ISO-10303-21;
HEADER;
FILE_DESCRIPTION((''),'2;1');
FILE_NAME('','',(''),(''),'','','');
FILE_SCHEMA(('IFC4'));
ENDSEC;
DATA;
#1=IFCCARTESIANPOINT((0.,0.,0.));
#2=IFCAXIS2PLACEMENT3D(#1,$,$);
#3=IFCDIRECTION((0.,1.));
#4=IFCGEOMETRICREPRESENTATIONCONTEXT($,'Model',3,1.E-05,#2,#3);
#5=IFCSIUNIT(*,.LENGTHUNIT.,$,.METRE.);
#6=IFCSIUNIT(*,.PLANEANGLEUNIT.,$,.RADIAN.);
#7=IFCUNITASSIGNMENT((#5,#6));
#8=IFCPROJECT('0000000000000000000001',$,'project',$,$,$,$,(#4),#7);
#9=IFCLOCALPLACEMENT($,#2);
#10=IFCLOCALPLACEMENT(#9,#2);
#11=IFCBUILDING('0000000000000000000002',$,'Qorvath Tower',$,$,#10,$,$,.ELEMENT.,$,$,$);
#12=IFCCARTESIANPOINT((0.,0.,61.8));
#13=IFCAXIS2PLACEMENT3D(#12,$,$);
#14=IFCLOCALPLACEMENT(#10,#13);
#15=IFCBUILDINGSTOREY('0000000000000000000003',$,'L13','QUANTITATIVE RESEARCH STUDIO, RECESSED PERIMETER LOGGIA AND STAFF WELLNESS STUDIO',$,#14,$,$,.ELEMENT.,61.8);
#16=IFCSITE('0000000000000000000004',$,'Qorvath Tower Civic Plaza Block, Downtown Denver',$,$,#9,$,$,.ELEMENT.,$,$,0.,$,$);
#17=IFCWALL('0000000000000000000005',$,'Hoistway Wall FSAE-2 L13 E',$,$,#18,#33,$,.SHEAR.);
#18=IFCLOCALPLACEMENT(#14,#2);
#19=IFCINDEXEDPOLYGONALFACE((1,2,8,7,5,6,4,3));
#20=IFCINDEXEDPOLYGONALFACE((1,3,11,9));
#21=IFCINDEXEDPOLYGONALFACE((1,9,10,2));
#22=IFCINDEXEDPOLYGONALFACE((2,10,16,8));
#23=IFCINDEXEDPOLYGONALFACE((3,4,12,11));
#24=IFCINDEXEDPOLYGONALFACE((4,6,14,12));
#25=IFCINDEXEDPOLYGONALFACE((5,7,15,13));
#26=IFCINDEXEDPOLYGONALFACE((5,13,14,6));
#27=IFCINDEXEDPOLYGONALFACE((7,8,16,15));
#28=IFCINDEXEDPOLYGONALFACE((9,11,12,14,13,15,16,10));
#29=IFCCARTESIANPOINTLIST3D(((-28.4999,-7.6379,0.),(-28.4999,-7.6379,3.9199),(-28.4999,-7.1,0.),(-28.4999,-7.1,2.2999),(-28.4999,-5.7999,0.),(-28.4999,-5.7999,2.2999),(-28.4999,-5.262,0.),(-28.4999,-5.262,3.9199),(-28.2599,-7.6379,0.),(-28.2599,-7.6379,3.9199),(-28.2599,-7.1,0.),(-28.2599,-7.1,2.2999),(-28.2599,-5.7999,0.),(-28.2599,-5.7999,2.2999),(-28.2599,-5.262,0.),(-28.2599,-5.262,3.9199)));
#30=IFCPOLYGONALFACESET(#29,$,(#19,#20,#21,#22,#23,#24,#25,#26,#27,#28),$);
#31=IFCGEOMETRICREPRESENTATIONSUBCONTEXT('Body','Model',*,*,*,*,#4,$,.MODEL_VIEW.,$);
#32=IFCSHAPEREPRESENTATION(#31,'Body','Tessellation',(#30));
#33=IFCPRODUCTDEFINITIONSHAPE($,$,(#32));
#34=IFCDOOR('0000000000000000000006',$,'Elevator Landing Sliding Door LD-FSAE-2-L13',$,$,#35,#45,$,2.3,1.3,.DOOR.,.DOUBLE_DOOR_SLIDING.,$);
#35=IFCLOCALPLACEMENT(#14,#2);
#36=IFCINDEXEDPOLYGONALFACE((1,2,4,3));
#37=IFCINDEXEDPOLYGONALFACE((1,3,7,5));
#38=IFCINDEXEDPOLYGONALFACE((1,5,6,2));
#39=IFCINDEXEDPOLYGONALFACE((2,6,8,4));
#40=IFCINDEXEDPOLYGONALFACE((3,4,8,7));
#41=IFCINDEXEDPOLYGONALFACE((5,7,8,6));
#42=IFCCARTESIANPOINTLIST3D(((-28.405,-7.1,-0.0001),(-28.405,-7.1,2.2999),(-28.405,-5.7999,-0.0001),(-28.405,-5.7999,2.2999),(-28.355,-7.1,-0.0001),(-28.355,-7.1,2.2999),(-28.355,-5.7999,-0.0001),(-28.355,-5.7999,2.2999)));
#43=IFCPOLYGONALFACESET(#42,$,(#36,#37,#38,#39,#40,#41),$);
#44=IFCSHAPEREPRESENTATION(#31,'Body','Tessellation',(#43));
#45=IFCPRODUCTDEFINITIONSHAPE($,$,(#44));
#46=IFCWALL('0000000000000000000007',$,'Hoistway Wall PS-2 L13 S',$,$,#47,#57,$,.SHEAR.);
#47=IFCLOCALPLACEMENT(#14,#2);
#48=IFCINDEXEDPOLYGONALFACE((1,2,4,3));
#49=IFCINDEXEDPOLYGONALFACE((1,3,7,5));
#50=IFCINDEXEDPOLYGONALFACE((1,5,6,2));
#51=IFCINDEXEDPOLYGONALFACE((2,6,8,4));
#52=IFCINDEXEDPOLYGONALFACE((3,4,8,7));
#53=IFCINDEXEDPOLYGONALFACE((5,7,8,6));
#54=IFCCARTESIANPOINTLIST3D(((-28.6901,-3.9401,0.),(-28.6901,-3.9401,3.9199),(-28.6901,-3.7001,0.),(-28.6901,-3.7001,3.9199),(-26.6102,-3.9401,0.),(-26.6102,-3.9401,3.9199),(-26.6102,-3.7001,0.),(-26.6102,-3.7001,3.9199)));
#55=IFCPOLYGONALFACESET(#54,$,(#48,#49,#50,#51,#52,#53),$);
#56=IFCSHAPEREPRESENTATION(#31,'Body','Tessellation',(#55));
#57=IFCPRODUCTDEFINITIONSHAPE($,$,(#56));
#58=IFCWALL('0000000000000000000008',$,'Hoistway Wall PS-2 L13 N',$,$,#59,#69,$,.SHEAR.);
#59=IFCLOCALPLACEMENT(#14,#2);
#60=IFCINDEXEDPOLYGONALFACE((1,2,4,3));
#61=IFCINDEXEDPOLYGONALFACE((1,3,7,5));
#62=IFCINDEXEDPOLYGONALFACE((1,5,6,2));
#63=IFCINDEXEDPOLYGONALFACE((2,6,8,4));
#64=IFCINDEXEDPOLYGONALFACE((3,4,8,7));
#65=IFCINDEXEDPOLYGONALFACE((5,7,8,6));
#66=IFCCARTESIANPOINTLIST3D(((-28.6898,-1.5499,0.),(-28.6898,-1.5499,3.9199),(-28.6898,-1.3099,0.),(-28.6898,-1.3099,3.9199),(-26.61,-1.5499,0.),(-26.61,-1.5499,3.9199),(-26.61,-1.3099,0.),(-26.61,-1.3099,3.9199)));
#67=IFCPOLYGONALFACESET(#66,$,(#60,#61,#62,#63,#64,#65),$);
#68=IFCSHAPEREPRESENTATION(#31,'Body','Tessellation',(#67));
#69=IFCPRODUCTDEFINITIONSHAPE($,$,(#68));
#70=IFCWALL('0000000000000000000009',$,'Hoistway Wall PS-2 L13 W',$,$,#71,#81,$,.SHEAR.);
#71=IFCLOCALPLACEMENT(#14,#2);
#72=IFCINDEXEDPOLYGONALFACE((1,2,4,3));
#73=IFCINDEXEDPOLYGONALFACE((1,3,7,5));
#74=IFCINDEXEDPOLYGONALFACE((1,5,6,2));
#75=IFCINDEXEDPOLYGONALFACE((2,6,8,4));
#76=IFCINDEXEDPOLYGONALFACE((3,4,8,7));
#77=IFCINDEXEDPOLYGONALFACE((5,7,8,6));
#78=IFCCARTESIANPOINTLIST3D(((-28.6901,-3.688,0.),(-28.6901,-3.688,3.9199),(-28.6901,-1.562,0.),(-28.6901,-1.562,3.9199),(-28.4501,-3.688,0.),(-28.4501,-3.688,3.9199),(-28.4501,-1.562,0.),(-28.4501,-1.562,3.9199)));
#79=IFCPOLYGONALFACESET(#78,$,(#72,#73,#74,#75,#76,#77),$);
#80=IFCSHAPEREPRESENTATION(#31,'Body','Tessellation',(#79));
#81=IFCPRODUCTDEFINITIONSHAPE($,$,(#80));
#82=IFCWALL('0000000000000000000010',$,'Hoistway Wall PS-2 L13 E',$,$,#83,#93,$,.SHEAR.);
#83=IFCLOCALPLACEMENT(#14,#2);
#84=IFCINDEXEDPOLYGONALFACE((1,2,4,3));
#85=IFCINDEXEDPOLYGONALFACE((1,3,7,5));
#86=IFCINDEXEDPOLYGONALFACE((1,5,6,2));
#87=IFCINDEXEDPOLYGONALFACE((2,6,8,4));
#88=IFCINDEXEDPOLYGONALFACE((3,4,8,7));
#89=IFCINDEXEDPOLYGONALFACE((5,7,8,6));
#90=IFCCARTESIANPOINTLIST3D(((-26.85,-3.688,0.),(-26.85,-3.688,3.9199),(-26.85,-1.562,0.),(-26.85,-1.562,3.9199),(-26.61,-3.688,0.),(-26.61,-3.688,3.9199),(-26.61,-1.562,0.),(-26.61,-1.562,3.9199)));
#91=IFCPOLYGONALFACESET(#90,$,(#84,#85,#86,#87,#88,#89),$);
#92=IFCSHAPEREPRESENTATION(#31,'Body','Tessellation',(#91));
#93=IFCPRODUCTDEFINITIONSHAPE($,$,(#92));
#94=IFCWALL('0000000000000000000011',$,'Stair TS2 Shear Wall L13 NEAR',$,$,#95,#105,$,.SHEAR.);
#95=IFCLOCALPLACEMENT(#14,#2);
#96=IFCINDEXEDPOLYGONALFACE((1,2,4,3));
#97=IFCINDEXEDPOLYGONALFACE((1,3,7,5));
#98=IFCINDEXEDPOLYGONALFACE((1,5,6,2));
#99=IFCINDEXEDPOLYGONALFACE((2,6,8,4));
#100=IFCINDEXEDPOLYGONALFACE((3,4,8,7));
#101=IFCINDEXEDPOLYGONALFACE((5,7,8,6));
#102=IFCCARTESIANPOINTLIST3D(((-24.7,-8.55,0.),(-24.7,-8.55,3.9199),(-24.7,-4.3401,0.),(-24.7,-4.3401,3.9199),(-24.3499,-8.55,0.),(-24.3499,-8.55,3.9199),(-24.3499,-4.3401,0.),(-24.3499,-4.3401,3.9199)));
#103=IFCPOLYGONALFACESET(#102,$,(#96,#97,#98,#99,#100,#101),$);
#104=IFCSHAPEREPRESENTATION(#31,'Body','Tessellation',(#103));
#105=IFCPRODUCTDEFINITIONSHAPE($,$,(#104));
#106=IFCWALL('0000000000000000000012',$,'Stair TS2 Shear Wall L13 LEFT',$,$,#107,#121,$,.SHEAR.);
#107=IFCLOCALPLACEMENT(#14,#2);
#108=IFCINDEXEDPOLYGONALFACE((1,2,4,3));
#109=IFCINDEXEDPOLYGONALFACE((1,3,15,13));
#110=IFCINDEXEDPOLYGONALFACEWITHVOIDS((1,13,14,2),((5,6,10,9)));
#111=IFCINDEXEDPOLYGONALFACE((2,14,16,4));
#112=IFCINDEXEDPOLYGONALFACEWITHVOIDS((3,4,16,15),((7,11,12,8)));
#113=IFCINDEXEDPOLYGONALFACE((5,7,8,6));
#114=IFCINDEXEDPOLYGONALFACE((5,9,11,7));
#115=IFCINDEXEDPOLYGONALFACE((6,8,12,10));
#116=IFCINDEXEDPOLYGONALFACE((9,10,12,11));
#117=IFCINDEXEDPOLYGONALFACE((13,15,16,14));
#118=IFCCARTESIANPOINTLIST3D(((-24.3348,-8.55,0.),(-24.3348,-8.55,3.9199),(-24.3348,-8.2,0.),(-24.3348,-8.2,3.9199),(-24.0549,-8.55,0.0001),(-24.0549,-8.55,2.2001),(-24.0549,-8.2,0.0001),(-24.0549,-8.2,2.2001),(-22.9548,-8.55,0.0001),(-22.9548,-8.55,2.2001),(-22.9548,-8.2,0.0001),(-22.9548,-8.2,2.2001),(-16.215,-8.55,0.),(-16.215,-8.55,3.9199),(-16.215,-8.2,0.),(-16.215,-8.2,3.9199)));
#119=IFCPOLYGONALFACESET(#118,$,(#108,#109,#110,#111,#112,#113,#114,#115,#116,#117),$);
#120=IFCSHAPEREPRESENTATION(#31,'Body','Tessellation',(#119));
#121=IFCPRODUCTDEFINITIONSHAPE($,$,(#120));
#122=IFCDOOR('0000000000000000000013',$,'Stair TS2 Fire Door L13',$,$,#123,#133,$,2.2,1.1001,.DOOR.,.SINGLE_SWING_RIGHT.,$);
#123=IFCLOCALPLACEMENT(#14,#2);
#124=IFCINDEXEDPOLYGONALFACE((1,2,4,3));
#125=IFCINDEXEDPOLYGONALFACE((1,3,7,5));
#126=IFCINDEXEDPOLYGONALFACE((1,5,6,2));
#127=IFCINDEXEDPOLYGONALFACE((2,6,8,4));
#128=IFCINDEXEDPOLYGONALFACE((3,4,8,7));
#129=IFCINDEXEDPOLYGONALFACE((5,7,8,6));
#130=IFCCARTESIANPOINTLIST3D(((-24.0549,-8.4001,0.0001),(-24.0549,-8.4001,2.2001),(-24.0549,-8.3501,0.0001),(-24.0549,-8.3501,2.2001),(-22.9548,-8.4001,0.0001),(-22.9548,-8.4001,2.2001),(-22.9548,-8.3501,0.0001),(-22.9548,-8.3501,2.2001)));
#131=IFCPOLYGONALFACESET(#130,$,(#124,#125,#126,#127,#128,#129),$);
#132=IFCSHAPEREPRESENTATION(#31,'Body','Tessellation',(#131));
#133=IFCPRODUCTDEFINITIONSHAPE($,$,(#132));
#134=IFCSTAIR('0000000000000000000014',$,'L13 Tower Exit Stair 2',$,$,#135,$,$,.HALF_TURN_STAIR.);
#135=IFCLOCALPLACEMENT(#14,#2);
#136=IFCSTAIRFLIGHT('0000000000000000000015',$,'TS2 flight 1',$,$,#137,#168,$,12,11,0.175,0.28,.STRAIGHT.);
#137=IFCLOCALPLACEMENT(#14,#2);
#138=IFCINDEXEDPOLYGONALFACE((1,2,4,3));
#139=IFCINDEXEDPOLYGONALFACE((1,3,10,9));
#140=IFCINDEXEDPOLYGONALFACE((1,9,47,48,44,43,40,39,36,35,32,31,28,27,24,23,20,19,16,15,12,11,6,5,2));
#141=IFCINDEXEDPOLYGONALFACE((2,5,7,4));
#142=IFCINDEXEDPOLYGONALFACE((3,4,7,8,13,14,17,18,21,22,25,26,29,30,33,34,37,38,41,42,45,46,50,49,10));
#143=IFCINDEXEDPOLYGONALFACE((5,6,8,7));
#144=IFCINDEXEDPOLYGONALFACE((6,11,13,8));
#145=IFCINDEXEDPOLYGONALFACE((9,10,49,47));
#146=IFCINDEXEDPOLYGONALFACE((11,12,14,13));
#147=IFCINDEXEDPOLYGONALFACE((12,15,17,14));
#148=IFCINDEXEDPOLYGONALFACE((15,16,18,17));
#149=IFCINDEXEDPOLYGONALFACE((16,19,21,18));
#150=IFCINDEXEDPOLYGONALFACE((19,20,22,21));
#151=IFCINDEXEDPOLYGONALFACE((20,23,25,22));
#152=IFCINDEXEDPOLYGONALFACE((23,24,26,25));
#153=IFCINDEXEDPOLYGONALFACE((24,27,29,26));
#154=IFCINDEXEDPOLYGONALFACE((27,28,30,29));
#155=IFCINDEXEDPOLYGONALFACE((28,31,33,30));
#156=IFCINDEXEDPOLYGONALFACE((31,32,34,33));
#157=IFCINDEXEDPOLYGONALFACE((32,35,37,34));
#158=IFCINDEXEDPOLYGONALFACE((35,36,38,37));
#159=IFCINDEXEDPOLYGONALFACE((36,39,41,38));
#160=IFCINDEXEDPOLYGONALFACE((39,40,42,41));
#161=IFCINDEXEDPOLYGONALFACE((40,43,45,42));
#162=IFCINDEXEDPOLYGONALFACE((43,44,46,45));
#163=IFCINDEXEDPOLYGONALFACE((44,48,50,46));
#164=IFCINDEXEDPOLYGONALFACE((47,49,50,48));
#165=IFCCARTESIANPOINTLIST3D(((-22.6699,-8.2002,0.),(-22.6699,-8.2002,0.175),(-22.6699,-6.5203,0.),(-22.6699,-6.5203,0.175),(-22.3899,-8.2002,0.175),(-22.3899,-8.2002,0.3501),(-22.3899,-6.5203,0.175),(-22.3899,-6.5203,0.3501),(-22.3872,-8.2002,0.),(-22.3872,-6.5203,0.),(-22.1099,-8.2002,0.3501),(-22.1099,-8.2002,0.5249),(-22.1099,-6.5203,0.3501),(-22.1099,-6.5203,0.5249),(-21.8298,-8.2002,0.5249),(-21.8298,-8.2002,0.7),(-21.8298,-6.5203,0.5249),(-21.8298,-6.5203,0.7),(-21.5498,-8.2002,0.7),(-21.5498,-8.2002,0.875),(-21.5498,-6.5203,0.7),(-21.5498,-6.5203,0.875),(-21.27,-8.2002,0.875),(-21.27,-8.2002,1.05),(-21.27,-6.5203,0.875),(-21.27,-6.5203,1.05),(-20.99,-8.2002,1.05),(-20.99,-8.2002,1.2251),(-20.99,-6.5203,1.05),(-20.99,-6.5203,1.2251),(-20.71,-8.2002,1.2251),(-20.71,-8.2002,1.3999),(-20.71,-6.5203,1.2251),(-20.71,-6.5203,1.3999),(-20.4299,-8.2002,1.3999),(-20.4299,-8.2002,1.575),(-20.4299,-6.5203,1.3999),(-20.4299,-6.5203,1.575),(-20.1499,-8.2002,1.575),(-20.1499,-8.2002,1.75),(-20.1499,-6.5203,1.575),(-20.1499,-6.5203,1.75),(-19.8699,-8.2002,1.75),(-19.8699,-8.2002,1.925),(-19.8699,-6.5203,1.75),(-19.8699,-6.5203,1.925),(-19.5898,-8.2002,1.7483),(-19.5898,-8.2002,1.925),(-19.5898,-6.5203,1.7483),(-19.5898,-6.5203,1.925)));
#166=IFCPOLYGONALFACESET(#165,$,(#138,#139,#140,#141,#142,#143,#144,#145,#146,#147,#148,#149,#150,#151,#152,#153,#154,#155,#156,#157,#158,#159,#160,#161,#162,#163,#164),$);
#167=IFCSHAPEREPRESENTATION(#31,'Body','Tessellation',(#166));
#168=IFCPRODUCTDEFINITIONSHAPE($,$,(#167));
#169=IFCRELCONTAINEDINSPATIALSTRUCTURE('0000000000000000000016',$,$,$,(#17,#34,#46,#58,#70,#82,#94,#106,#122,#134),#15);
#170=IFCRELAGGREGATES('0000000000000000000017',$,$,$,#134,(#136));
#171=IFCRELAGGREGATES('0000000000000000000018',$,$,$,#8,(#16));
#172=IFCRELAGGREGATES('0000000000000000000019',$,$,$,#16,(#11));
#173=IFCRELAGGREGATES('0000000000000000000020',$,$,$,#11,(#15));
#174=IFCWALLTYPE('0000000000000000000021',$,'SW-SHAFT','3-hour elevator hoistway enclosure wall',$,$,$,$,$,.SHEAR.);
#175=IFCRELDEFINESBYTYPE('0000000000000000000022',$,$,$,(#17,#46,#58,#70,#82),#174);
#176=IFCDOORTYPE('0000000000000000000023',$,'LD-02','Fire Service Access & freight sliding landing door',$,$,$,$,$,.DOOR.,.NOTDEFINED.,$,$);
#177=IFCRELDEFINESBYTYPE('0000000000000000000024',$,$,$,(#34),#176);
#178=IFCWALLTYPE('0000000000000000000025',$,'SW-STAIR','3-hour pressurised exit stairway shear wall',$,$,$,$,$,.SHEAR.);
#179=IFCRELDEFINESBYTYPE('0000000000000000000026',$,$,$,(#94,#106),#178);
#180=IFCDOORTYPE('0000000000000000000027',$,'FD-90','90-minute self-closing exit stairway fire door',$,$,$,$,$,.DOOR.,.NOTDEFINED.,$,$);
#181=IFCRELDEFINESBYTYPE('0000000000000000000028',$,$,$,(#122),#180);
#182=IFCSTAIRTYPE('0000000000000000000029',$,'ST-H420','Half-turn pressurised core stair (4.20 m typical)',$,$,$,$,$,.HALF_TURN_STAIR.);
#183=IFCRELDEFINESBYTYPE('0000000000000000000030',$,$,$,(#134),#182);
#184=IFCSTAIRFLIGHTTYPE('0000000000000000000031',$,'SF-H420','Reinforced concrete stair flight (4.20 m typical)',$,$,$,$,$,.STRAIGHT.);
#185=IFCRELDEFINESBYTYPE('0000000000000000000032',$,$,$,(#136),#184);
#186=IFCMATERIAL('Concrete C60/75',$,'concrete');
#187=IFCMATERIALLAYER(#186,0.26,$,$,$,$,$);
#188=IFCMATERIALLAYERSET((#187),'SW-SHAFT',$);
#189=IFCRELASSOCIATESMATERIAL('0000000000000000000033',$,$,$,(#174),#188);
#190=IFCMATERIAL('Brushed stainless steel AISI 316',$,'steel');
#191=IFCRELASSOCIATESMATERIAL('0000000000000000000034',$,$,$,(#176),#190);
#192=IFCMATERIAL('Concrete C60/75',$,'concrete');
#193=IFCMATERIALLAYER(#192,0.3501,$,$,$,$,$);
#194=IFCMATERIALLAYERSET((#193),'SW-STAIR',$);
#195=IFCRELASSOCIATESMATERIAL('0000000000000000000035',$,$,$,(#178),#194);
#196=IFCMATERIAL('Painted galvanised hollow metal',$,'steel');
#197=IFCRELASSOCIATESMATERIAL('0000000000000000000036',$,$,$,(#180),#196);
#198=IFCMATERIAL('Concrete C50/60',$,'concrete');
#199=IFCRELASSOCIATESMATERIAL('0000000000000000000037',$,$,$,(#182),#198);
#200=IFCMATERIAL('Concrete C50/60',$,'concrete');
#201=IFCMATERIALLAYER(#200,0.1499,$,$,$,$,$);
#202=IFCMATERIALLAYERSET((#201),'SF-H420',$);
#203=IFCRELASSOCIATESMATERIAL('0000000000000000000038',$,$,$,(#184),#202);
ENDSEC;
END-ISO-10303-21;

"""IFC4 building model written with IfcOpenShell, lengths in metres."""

from ifc_helpers import new_model, si_unit, direction, frame, frame_2d, origin, place, context, subcontext, project, spatial, polyline, rectangle, outline, extrude, material, layer, layer_set, type_object, element, fill, aggregate, save


model = new_model("IFC4")

# Units and contexts
model_context = context("Model", 3, precision=1e-05, world=origin(), true_north=direction((0.0, 1.0)))
body_context = subcontext(model_context, "Body", "Model", "MODEL_VIEW")
ifc_project = project(units=[si_unit("LENGTHUNIT", "METRE"), si_unit("PLANEANGLEUNIT", "RADIAN")], contexts=[model_context])

# Site, building, storey
site_placement = place(None, origin())
site = spatial("IfcSite", under=ifc_project, at=site_placement, Name="Qorvath Tower Civic Plaza Block, Downtown Denver", CompositionType="ELEMENT", RefElevation=0.0)
building_placement = place(site_placement, origin())
building = spatial("IfcBuilding", under=site, at=building_placement, Name="Qorvath Tower", CompositionType="ELEMENT")
storey_placement = place(building_placement, frame((0.0, 0.0, 61.8)))
storey = spatial("IfcBuildingStorey", under=building, at=storey_placement, Name="L13", Description="QUANTITATIVE RESEARCH STUDIO, RECESSED PERIMETER LOGGIA AND STAFF WELLNESS STUDIO", CompositionType="ELEMENT", Elevation=61.8)

# Shared definitions
ifc_material_1 = material(Name="Concrete C60/75", Category="concrete")
ifc_layer_1 = layer(ifc_material_1, 0.26)
ifc_layer_set_1 = layer_set([ifc_layer_1], Name="SW-SHAFT")
wall_type_1 = type_object("IfcWallType", Name="SW-SHAFT", Description="3-hour elevator hoistway enclosure wall", PredefinedType="SHEAR", material=ifc_layer_set_1)

# Wall, opening, door
wall_1_placement = place(storey_placement, frame((-28.3799, -5.262, 0.0), z_axis=(0.0, 0.0, 1.0), x_axis=(0.0, -1.0, 0.0)))
wall_1 = element("IfcWall", 1, at=wall_1_placement, inside=storey, type_object=wall_type_1, Name="Hoistway Wall FSAE-2 L13 E", PredefinedType="SHEAR", context=body_context, shape_type="SweptSolid", body=[
    extrude(rectangle(XDim=2.376, YDim=0.24, at=frame_2d((1.188, 0.0))), origin(), (0.0, 0.0, 1.0), 3.9199),
])
opening_1_placement = place(wall_1_placement, frame((0.5381, 0.0, 0.0)))
opening_1 = element("IfcOpeningElement", 2, at=opening_1_placement, cuts=wall_1, PredefinedType="OPENING", context=body_context, shape_type="SweptSolid", body=[
    extrude(rectangle(XDim=1.3, YDim=2.3, at=frame_2d((0.6499, 1.1499))), frame((0.0, 0.1299, 0.0), z_axis=(0.0, -1.0, 0.0), x_axis=(1.0, 0.0, 0.0)), (0.0, 0.0, 1.0), 0.26),
])
ifc_material_2 = material(Name="Brushed stainless steel AISI 316", Category="steel")
door_type_1 = type_object("IfcDoorType", Name="LD-02", Description="Fire Service Access & freight sliding landing door", OperationType="NOTDEFINED", PredefinedType="DOOR", material=ifc_material_2)
door_1_placement = place(opening_1_placement, origin())
door_1 = element("IfcDoor", 3, at=door_1_placement, inside=storey, type_object=door_type_1, Name="Elevator Landing Sliding Door LD-FSAE-2-L13", OperationType="DOUBLE_DOOR_SLIDING", OverallHeight=2.3, OverallWidth=1.3, PredefinedType="DOOR", context=body_context, shape_type="SweptSolid", body=[
    extrude(rectangle(XDim=1.3, YDim=2.3, at=frame_2d((0.6499, 1.1499))), frame((0.0, 0.0249, 0.0), z_axis=(0.0, -1.0, 0.0), x_axis=(1.0, 0.0, 0.0)), (0.0, 0.0, 1.0), 0.05),
])
fill(opening_1, door_1)

# Walls
for number, where, z_axis, x_axis, name in (
    (4, (-26.6101, -3.8201, 0.0), (0.0, 0.0, 1.0), (-1.0, 0.0, 0.0), "Hoistway Wall PS-2 L13 S"),
    (5, (-28.6899, -1.4299, 0.0), (0.0, 0.0, 1.0), (1.0, 0.0, 0.0), "Hoistway Wall PS-2 L13 N"),
):
    element("IfcWall", number, at=place(storey_placement, frame(where, z_axis=z_axis, x_axis=x_axis)), inside=storey, type_object=wall_type_1, Name=name, PredefinedType="SHEAR", context=body_context, shape_type="SweptSolid", body=[
        extrude(rectangle(XDim=2.0798, YDim=0.24, at=frame_2d((1.04, 0.0))), origin(), (0.0, 0.0, 1.0), 3.9199),
    ])
for number, where, z_axis, x_axis, name in (
    (6, (-28.5701, -3.688, 0.0), (0.0, 0.0, 1.0), (0.0, 1.0, 0.0), "Hoistway Wall PS-2 L13 W"),
    (7, (-26.73, -1.562, 0.0), (0.0, 0.0, 1.0), (0.0, -1.0, 0.0), "Hoistway Wall PS-2 L13 E"),
):
    element("IfcWall", number, at=place(storey_placement, frame(where, z_axis=z_axis, x_axis=x_axis)), inside=storey, type_object=wall_type_1, Name=name, PredefinedType="SHEAR", context=body_context, shape_type="SweptSolid", body=[
        extrude(rectangle(XDim=2.126, YDim=0.24, at=frame_2d((1.063, 0.0))), origin(), (0.0, 0.0, 1.0), 3.9199),
    ])
ifc_material_3 = material(Name="Concrete C60/75", Category="concrete")
ifc_layer_2 = layer(ifc_material_3, 0.3501)
ifc_layer_set_2 = layer_set([ifc_layer_2], Name="SW-STAIR")
wall_type_2 = type_object("IfcWallType", Name="SW-STAIR", Description="3-hour pressurised exit stairway shear wall", PredefinedType="SHEAR", material=ifc_layer_set_2)
wall_2_placement = place(storey_placement, frame((-24.5249, -4.3401, 0.0), z_axis=(0.0, 0.0, 1.0), x_axis=(0.0, -1.0, 0.0)))
element("IfcWall", 8, at=wall_2_placement, inside=storey, type_object=wall_type_2, Name="Stair TS2 Shear Wall L13 NEAR", PredefinedType="SHEAR", context=body_context, shape_type="SweptSolid", body=[
    extrude(rectangle(XDim=4.21, YDim=0.3501, at=frame_2d((2.105, 0.0))), origin(), (0.0, 0.0, 1.0), 3.9199),
])

# Wall, opening, door
wall_3_placement = place(storey_placement, frame((-24.335, -8.375, 0.0), z_axis=(0.0, 0.0, 1.0), x_axis=(1.0, 0.0, 0.0)))
wall_3 = element("IfcWall", 9, at=wall_3_placement, inside=storey, type_object=wall_type_2, Name="Stair TS2 Shear Wall L13 LEFT", PredefinedType="SHEAR", context=body_context, shape_type="SweptSolid", body=[
    extrude(rectangle(XDim=8.1199, YDim=0.3501, at=frame_2d((4.0601, 0.0))), origin(), (0.0, 0.0, 1.0), 3.9199),
])
opening_2_placement = place(wall_3_placement, frame((0.28, 0.0, 0.0)))
opening_2 = element("IfcOpeningElement", 10, at=opening_2_placement, cuts=wall_3, PredefinedType="OPENING", context=body_context, shape_type="SweptSolid", body=[
    extrude(rectangle(XDim=1.1001, YDim=2.2, at=frame_2d((0.55, 1.1001))), frame((0.0, 0.1851, 0.0), z_axis=(0.0, -1.0, 0.0), x_axis=(1.0, 0.0, 0.0)), (0.0, 0.0, 1.0), 0.3701),
])
ifc_material_4 = material(Name="Painted galvanised hollow metal", Category="steel")
door_type_2 = type_object("IfcDoorType", Name="FD-90", Description="90-minute self-closing exit stairway fire door", OperationType="NOTDEFINED", PredefinedType="DOOR", material=ifc_material_4)
door_2_placement = place(opening_2_placement, origin())
door_2 = element("IfcDoor", 11, at=door_2_placement, inside=storey, type_object=door_type_2, Name="Stair TS2 Fire Door L13", OperationType="SINGLE_SWING_RIGHT", OverallHeight=2.2, OverallWidth=1.1001, PredefinedType="DOOR", context=body_context, shape_type="SweptSolid", body=[
    extrude(rectangle(XDim=1.1001, YDim=2.2, at=frame_2d((0.55, 1.1001))), frame((0.0, 0.0249, 0.0), z_axis=(0.0, -1.0, 0.0), x_axis=(1.0, 0.0, 0.0)), (0.0, 0.0, 1.0), 0.05),
])
fill(opening_2, door_2)

# Stair, stair flight
ifc_material_5 = material(Name="Concrete C50/60", Category="concrete")
stair_type = type_object("IfcStairType", Name="ST-H420", Description="Half-turn pressurised core stair (4.20 m typical)", PredefinedType="HALF_TURN_STAIR", material=ifc_material_5)
stair_placement = place(storey_placement, origin())
stair = element("IfcStair", 12, at=stair_placement, inside=storey, type_object=stair_type, Name="L13 Tower Exit Stair 2", PredefinedType="HALF_TURN_STAIR")
ifc_material_6 = material(Name="Concrete C50/60", Category="concrete")
ifc_layer_3 = layer(ifc_material_6, 0.1499)
ifc_layer_set_3 = layer_set([ifc_layer_3], Name="SF-H420")
stair_flight_type = type_object("IfcStairFlightType", Name="SF-H420", Description="Reinforced concrete stair flight (4.20 m typical)", PredefinedType="STRAIGHT", material=ifc_layer_set_3)
stair_flight_1_placement = place(storey_placement, frame((-22.6699, -7.3601, 0.0), z_axis=(0.0, 0.0, 1.0), x_axis=(1.0, 0.0, 0.0)))
stair_flight_1 = element("IfcStairFlight", 13, at=stair_flight_1_placement, type_object=stair_flight_type, Name="TS2 flight 1", NumberOfRisers=12, NumberOfTreads=11, PredefinedType="STRAIGHT", RiserHeight=0.175, TreadLength=0.28, context=body_context, shape_type="SweptSolid", body=[
    extrude(outline(polyline([(0.0, 0.0), (0.0, 0.175), (0.28, 0.175), (0.28, 0.3501), (0.5601, 0.3501), (0.5601, 0.5249), (0.8401, 0.5249), (0.8401, 0.7), (1.1201, 0.7), (1.1201, 0.875), (1.3999, 0.875), (1.3999, 1.05), (1.6799, 1.05), (1.6799, 1.2251), (1.96, 1.2251), (1.96, 1.3999), (2.24, 1.3999), (2.24, 1.575), (2.52, 1.575), (2.52, 1.75), (2.8, 1.75), (2.8, 1.925), (3.0801, 1.925), (3.0801, 2.1001), (3.0801, 1.7483), (0.2827, 0.0), (0.0, 0.0)])), frame((0.0, 0.8398, 0.0), z_axis=(0.0, -1.0, 0.0), x_axis=(1.0, 0.0, 0.0)), (0.0, 0.0, 1.0), 1.6799),
])
aggregate(stair, [stair_flight_1])

save(model, "model.ifc")
